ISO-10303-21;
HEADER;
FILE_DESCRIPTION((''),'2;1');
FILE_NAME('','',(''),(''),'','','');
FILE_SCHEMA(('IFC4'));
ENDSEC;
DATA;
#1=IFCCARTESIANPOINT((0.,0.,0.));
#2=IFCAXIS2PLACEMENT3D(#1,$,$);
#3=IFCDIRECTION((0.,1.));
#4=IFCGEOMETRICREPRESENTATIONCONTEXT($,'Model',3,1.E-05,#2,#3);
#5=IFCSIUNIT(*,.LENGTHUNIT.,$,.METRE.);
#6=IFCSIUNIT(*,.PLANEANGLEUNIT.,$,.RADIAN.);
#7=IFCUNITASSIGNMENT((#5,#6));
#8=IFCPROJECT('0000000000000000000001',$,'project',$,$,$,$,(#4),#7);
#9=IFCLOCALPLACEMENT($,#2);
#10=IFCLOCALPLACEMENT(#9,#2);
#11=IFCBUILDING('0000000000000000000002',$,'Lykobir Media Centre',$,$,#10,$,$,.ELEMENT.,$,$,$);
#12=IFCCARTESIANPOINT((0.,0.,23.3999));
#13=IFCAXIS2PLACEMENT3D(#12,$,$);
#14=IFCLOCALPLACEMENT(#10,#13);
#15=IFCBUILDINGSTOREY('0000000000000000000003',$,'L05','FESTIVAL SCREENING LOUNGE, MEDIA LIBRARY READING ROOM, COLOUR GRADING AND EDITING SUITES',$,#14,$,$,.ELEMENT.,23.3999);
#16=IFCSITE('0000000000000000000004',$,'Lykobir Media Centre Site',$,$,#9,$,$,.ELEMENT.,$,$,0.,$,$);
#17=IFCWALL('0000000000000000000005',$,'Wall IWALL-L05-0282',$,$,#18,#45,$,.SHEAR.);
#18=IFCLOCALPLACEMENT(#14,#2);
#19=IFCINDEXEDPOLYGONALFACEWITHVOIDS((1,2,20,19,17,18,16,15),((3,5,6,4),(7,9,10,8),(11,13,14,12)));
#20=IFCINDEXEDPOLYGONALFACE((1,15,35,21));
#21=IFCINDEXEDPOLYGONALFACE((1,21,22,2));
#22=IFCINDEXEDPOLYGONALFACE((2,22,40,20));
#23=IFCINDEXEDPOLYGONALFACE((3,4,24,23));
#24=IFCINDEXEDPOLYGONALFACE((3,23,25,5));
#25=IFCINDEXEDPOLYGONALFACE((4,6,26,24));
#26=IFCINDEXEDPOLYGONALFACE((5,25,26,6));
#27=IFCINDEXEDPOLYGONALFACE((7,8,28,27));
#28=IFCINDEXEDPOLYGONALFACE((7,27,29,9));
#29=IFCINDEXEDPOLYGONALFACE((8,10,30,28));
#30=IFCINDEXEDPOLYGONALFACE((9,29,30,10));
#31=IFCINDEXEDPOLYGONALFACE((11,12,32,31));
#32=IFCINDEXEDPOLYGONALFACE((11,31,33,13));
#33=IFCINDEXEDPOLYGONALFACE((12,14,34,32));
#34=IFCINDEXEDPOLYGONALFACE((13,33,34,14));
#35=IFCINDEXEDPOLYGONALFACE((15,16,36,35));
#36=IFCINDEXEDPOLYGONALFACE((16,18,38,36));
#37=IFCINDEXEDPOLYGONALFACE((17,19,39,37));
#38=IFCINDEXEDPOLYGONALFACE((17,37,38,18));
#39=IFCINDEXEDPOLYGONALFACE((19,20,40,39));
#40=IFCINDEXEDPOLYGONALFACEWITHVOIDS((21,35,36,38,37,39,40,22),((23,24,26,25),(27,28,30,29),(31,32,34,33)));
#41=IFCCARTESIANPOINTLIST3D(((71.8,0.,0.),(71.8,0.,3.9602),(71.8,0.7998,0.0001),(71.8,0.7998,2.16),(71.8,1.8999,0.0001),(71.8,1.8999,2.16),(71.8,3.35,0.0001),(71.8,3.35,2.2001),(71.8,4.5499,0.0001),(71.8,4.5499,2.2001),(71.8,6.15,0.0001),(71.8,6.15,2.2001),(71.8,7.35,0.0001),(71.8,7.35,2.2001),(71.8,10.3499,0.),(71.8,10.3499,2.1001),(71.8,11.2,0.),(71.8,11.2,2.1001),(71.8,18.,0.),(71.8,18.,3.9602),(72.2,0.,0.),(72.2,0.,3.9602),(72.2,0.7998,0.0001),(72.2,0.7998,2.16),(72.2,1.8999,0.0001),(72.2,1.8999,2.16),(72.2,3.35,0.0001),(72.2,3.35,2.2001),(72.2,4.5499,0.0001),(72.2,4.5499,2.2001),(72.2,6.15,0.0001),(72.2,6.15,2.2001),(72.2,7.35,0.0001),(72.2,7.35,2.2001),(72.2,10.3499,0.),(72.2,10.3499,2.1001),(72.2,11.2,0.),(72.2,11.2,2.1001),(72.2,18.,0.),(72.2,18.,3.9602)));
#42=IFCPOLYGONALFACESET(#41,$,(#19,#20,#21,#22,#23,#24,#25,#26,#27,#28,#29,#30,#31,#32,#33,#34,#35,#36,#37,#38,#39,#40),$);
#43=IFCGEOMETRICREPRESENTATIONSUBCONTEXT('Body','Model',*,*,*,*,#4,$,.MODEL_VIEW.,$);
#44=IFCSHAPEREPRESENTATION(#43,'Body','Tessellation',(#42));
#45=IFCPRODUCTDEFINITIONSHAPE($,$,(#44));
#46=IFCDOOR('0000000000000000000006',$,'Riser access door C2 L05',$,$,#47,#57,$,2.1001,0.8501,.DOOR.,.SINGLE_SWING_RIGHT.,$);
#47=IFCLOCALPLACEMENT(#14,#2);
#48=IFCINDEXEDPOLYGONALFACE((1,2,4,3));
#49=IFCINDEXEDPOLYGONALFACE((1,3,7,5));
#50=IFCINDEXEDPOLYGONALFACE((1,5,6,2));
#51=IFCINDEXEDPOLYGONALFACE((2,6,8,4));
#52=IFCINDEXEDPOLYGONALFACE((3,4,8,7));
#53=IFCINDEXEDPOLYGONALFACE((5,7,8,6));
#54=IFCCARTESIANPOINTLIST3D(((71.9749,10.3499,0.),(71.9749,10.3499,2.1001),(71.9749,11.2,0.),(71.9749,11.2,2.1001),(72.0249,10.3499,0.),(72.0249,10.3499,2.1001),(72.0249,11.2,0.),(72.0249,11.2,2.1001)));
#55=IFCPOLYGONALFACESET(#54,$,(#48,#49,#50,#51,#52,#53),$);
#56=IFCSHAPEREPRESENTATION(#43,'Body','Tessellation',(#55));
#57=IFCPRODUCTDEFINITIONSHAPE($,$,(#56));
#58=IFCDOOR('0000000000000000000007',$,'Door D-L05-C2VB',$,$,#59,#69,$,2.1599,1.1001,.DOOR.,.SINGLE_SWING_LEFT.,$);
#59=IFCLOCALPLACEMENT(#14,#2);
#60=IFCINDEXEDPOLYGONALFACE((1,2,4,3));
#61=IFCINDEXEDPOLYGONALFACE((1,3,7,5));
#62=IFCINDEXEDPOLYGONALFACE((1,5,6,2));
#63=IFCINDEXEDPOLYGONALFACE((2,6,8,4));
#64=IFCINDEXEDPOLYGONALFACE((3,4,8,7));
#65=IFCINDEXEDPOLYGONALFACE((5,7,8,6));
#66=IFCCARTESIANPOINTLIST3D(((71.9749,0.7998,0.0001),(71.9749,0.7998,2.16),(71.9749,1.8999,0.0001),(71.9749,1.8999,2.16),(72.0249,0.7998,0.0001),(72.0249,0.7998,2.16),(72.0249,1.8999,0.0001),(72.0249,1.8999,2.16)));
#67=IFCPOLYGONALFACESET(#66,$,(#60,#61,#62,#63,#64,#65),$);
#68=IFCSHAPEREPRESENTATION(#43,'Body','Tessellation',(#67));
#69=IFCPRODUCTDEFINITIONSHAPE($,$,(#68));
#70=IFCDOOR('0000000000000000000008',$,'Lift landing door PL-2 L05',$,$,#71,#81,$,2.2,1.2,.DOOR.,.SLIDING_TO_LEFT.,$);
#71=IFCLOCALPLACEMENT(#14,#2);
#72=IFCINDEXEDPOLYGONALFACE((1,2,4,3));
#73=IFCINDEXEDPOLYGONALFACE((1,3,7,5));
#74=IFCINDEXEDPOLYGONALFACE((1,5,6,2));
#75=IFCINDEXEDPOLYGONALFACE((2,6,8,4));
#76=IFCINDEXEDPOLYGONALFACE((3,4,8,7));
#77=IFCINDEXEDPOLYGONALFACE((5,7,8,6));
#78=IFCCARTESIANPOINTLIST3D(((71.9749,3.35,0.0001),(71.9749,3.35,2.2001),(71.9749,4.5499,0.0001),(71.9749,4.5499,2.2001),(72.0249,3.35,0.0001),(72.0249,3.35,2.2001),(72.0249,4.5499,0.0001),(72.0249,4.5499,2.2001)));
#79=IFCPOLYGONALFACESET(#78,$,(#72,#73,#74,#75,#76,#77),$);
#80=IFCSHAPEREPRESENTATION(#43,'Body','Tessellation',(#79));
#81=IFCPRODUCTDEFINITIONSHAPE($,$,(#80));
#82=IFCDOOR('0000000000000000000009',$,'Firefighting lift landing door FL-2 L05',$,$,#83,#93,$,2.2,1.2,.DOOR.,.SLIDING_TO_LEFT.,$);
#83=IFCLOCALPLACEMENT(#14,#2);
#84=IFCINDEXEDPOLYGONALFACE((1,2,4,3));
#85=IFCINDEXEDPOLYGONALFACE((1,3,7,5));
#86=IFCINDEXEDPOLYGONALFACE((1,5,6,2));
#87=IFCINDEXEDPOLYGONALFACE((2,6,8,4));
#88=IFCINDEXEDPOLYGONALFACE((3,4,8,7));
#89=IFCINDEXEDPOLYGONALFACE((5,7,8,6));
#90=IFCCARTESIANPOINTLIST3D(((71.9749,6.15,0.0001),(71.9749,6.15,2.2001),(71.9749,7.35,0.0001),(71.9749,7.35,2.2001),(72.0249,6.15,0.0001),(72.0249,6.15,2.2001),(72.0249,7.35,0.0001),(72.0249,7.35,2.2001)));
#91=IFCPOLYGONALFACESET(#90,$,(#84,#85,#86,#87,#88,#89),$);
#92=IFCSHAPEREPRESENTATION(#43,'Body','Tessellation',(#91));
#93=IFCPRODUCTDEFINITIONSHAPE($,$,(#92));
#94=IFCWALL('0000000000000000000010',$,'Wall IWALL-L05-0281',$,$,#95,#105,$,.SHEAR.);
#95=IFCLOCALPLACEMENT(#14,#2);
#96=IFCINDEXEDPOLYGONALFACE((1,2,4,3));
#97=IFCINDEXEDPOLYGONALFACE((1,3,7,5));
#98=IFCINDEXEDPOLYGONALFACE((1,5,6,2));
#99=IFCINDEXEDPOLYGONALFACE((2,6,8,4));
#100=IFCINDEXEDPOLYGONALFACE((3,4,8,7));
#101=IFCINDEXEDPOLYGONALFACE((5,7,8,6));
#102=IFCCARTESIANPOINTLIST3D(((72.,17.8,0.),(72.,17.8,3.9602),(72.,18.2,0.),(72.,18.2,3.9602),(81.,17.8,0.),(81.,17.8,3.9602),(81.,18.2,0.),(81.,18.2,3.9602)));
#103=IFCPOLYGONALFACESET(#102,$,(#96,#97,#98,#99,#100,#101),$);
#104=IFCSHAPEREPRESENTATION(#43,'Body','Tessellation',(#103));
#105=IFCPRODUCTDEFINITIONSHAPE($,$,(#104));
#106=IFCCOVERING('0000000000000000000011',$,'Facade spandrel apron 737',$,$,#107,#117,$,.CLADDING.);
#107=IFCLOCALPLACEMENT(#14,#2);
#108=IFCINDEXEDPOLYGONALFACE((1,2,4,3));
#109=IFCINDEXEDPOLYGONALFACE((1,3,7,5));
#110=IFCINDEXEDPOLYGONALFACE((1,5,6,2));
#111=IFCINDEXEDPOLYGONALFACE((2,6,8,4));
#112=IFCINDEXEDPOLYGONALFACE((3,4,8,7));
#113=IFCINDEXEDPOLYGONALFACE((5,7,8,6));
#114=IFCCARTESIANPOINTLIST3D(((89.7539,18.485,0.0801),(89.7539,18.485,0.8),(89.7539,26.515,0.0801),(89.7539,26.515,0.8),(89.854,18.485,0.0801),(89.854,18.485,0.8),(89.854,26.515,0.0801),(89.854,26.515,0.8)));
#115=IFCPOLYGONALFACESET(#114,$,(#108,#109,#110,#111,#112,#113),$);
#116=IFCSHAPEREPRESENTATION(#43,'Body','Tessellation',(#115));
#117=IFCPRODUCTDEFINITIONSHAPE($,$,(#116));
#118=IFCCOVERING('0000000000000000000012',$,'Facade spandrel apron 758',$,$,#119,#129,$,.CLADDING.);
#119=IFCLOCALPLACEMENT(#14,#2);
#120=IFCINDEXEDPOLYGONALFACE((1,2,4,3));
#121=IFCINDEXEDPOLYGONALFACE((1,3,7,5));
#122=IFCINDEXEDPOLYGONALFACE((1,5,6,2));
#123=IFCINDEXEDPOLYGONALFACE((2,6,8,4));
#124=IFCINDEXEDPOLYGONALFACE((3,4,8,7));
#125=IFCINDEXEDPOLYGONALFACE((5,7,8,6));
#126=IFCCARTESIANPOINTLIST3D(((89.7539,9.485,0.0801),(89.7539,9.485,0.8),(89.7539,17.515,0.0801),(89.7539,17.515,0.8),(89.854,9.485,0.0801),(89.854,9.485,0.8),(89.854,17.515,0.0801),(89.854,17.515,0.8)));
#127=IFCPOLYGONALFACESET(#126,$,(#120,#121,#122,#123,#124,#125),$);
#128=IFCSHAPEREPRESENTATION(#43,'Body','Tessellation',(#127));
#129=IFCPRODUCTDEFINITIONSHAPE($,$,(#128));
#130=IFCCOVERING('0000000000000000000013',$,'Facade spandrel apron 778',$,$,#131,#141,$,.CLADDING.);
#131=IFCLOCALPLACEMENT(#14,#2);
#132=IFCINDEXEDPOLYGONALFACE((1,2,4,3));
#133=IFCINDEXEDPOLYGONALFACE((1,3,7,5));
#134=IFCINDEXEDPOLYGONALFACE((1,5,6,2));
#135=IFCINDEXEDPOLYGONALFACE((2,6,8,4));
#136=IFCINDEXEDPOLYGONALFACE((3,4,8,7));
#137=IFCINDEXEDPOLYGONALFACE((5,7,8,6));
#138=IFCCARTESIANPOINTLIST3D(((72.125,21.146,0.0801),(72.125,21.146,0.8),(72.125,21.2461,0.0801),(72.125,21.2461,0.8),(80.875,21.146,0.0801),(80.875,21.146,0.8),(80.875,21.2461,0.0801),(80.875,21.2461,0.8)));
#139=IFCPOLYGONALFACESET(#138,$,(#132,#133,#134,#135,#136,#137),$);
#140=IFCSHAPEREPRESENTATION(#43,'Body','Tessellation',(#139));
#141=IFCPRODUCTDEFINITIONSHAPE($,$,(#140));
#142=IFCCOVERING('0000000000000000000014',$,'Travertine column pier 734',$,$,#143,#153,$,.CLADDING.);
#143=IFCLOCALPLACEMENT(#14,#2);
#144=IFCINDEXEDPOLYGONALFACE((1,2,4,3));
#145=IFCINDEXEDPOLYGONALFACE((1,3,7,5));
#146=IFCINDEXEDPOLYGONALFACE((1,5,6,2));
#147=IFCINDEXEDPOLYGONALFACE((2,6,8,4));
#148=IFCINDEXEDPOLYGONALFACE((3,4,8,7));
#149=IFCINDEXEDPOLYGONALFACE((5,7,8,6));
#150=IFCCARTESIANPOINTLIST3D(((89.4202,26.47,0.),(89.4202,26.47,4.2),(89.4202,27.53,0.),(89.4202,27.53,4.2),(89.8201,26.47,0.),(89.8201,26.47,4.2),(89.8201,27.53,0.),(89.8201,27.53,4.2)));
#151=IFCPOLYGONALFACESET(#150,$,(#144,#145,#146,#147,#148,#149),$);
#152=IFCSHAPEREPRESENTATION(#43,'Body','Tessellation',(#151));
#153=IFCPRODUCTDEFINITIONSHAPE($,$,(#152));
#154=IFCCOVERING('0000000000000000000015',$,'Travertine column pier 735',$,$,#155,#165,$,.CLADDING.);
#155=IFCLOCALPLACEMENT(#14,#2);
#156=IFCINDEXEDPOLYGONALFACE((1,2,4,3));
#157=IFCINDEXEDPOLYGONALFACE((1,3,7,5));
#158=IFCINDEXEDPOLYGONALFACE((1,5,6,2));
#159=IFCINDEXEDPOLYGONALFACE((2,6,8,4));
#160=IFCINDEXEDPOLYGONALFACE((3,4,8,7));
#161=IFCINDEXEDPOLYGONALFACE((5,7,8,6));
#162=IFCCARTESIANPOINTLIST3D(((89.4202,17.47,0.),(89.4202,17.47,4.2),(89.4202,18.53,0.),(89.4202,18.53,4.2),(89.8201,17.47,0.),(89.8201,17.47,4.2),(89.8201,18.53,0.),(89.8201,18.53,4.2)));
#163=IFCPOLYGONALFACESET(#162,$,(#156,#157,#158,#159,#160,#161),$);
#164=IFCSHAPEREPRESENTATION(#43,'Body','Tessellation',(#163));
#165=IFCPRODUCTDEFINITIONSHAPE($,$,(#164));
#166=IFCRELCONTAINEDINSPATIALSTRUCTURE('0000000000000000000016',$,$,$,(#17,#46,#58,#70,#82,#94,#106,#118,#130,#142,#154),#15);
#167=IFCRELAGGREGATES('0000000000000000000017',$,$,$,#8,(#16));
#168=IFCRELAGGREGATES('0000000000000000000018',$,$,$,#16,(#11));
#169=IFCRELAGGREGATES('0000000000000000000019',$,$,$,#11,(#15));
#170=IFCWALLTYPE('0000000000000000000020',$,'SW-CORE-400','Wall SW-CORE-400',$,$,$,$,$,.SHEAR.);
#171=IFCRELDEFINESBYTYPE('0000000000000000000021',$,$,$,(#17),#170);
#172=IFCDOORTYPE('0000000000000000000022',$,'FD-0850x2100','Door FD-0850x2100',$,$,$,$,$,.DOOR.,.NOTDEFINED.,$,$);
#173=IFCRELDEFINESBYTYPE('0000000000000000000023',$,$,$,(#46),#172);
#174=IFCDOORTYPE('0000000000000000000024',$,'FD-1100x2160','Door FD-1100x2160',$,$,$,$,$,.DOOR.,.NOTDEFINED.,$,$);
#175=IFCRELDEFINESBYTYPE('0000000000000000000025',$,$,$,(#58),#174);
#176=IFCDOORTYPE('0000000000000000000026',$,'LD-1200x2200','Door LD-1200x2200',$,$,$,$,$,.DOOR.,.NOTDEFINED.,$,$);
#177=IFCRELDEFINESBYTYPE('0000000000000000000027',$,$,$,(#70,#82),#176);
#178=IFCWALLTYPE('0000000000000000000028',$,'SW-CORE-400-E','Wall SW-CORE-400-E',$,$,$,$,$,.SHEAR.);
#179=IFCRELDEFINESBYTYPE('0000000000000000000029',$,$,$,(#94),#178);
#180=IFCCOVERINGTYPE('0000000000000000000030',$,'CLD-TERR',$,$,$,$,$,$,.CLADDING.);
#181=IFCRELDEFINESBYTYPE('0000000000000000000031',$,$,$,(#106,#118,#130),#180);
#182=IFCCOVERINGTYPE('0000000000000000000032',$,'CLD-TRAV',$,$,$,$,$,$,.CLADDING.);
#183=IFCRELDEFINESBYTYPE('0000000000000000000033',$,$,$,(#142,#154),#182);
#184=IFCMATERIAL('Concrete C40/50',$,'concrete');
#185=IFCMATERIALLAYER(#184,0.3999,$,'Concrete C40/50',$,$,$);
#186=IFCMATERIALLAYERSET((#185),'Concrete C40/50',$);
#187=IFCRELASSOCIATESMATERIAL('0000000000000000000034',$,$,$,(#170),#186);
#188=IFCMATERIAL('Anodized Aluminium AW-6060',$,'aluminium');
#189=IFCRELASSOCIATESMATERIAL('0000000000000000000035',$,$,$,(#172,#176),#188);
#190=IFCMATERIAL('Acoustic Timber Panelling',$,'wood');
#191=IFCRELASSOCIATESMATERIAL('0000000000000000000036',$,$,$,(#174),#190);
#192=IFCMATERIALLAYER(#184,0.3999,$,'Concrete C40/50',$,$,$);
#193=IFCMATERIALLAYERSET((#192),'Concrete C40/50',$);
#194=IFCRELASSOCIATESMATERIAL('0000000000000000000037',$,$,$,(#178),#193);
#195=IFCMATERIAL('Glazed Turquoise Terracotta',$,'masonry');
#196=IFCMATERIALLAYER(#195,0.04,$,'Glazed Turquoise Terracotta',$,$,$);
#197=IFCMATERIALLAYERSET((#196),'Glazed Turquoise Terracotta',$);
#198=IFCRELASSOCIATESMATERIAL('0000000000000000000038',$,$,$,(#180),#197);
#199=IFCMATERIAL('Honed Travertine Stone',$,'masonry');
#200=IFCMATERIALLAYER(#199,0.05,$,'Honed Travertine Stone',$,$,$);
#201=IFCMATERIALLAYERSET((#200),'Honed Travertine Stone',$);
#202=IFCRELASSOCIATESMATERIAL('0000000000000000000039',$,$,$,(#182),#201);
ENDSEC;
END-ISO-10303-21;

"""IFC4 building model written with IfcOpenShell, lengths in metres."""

from ifc_helpers import new_model, si_unit, direction, frame, frame_2d, origin, origin_2d, place, context, subcontext, project, spatial, rectangle, extrude, material, layer, layer_set, type_object, element, fill, save


model = new_model("IFC4")

# Units and contexts
model_context = context("Model", 3, precision=1e-05, world=origin(), true_north=direction((0.0, 1.0)))
body_context = subcontext(model_context, "Body", "Model", "MODEL_VIEW")
ifc_project = project(units=[si_unit("LENGTHUNIT", "METRE"), si_unit("PLANEANGLEUNIT", "RADIAN")], contexts=[model_context])

# Site, building, storey
site_placement = place(None, origin())
site = spatial("IfcSite", under=ifc_project, at=site_placement, Name="Lykobir Media Centre Site", CompositionType="ELEMENT", RefElevation=0.0)
building_placement = place(site_placement, origin())
building = spatial("IfcBuilding", under=site, at=building_placement, Name="Lykobir Media Centre", CompositionType="ELEMENT")
storey_placement = place(building_placement, frame((0.0, 0.0, 23.3999)))
storey = spatial("IfcBuildingStorey", under=building, at=storey_placement, Name="L05", Description="FESTIVAL SCREENING LOUNGE, MEDIA LIBRARY READING ROOM, COLOUR GRADING AND EDITING SUITES", CompositionType="ELEMENT", Elevation=23.3999)

# Shared definitions
ifc_material_1 = material(Name="Concrete C40/50", Category="concrete")

# Wall, openings, doors
ifc_layer_1 = layer(ifc_material_1, 0.3999, Name="Concrete C40/50")
ifc_layer_set_1 = layer_set([ifc_layer_1], Name="Concrete C40/50")
wall_type_1 = type_object("IfcWallType", Name="SW-CORE-400", Description="Wall SW-CORE-400", PredefinedType="SHEAR", material=ifc_layer_set_1)
wall_1_placement = place(storey_placement, frame((72.0, 18.0, 0.0), z_axis=(0.0, 0.0, 1.0), x_axis=(0.0, -1.0, 0.0)))
wall_1 = element("IfcWall", 1, at=wall_1_placement, inside=storey, type_object=wall_type_1, Name="Wall IWALL-L05-0282", PredefinedType="SHEAR", context=body_context, shape_type="SweptSolid", body=[
    extrude(rectangle(XDim=18.0, YDim=0.3999, at=frame_2d((9.0, 0.0))), origin(), (0.0, 0.0, 1.0), 3.9602),
])
opening_1_placement = place(wall_1_placement, frame((16.1001, 0.0, 0.0)))
opening_1 = element("IfcOpeningElement", 2, at=opening_1_placement, cuts=wall_1, PredefinedType="OPENING", context=body_context, shape_type="SweptSolid", body=[
    extrude(rectangle(XDim=1.1001, YDim=2.1599, at=frame_2d((0.55, 1.0801))), frame((0.0, 0.21, 0.0), z_axis=(0.0, -1.0, 0.0), x_axis=(1.0, 0.0, 0.0)), (0.0, 0.0, 1.0), 0.4199),
])
opening_2_placement = place(wall_1_placement, frame((13.45, 0.0, 0.0)))
opening_2 = element("IfcOpeningElement", 3, at=opening_2_placement, cuts=wall_1, PredefinedType="OPENING", context=body_context, shape_type="SweptSolid", body=[
    extrude(rectangle(XDim=1.2, YDim=2.2, at=frame_2d((0.6001, 1.1001))), frame((0.0, 0.21, 0.0), z_axis=(0.0, -1.0, 0.0), x_axis=(1.0, 0.0, 0.0)), (0.0, 0.0, 1.0), 0.4199),
])
opening_3_placement = place(wall_1_placement, frame((10.6499, 0.0, 0.0)))
opening_3 = element("IfcOpeningElement", 4, at=opening_3_placement, cuts=wall_1, PredefinedType="OPENING", context=body_context, shape_type="SweptSolid", body=[
    extrude(rectangle(XDim=1.2, YDim=2.2, at=frame_2d((0.6001, 1.1001))), frame((0.0, 0.21, 0.0), z_axis=(0.0, -1.0, 0.0), x_axis=(1.0, 0.0, 0.0)), (0.0, 0.0, 1.0), 0.4199),
])
opening_4_placement = place(wall_1_placement, frame((6.8, 0.0, 0.0)))
opening_4 = element("IfcOpeningElement", 5, at=opening_4_placement, cuts=wall_1, PredefinedType="OPENING", context=body_context, shape_type="SweptSolid", body=[
    extrude(rectangle(XDim=0.8501, YDim=2.1001, at=frame_2d((0.425, 1.05))), frame((0.0, 0.21, 0.0), z_axis=(0.0, -1.0, 0.0), x_axis=(1.0, 0.0, 0.0)), (0.0, 0.0, 1.0), 0.4199),
])
ifc_material_2 = material(Name="Anodized Aluminium AW-6060", Category="aluminium")
door_type_1 = type_object("IfcDoorType", Name="FD-0850x2100", Description="Door FD-0850x2100", OperationType="NOTDEFINED", PredefinedType="DOOR", material=ifc_material_2)
door_1_placement = place(opening_4_placement, origin())
door_1 = element("IfcDoor", 6, at=door_1_placement, inside=storey, type_object=door_type_1, Name="Riser access door C2 L05", OperationType="SINGLE_SWING_RIGHT", OverallHeight=2.1001, OverallWidth=0.8501, PredefinedType="DOOR", context=body_context, shape_type="SweptSolid", body=[
    extrude(rectangle(XDim=0.8501, YDim=2.1001, at=frame_2d((0.425, 1.05))), frame((0.0, 0.0249, 0.0), z_axis=(0.0, -1.0, 0.0), x_axis=(1.0, 0.0, 0.0)), (0.0, 0.0, 1.0), 0.05),
])
fill(opening_4, door_1)
ifc_material_3 = material(Name="Acoustic Timber Panelling", Category="wood")
door_type_2 = type_object("IfcDoorType", Name="FD-1100x2160", Description="Door FD-1100x2160", OperationType="NOTDEFINED", PredefinedType="DOOR", material=ifc_material_3)
door_2_placement = place(opening_1_placement, origin())
door_2 = element("IfcDoor", 7, at=door_2_placement, inside=storey, type_object=door_type_2, Name="Door D-L05-C2VB", OperationType="SINGLE_SWING_LEFT", OverallHeight=2.1599, OverallWidth=1.1001, PredefinedType="DOOR", context=body_context, shape_type="SweptSolid", body=[
    extrude(rectangle(XDim=1.1001, YDim=2.1599, at=frame_2d((0.55, 1.0801))), frame((0.0, 0.0249, 0.0), z_axis=(0.0, -1.0, 0.0), x_axis=(1.0, 0.0, 0.0)), (0.0, 0.0, 1.0), 0.05),
])
fill(opening_1, door_2)
door_type_3 = type_object("IfcDoorType", Name="LD-1200x2200", Description="Door LD-1200x2200", OperationType="NOTDEFINED", PredefinedType="DOOR", material=ifc_material_2)
door_3_placement = place(opening_2_placement, origin())
door_3 = element("IfcDoor", 8, at=door_3_placement, inside=storey, type_object=door_type_3, Name="Lift landing door PL-2 L05", OperationType="SLIDING_TO_LEFT", OverallHeight=2.2, OverallWidth=1.2, PredefinedType="DOOR", context=body_context, shape_type="SweptSolid", body=[
    extrude(rectangle(XDim=1.2, YDim=2.2, at=frame_2d((0.6001, 1.1001))), frame((0.0, 0.0249, 0.0), z_axis=(0.0, -1.0, 0.0), x_axis=(1.0, 0.0, 0.0)), (0.0, 0.0, 1.0), 0.05),
])
fill(opening_2, door_3)
door_4_placement = place(opening_3_placement, origin())
door_4 = element("IfcDoor", 9, at=door_4_placement, inside=storey, type_object=door_type_3, Name="Firefighting lift landing door FL-2 L05", OperationType="SLIDING_TO_LEFT", OverallHeight=2.2, OverallWidth=1.2, PredefinedType="DOOR", context=body_context, shape_type="SweptSolid", body=[
    extrude(rectangle(XDim=1.2, YDim=2.2, at=frame_2d((0.6001, 1.1001))), frame((0.0, 0.0249, 0.0), z_axis=(0.0, -1.0, 0.0), x_axis=(1.0, 0.0, 0.0)), (0.0, 0.0, 1.0), 0.05),
])
fill(opening_3, door_4)

# Wall
ifc_layer_2 = layer(ifc_material_1, 0.3999, Name="Concrete C40/50")
ifc_layer_set_2 = layer_set([ifc_layer_2], Name="Concrete C40/50")
wall_type_2 = type_object("IfcWallType", Name="SW-CORE-400-E", Description="Wall SW-CORE-400-E", PredefinedType="SHEAR", material=ifc_layer_set_2)
wall_2_placement = place(storey_placement, frame((81.0, 18.0, 0.0), z_axis=(0.0, 0.0, 1.0), x_axis=(-1.0, 0.0, 0.0)))
element("IfcWall", 10, at=wall_2_placement, inside=storey, type_object=wall_type_2, Name="Wall IWALL-L05-0281", PredefinedType="SHEAR", context=body_context, shape_type="SweptSolid", body=[
    extrude(rectangle(XDim=9.0, YDim=0.3999, at=frame_2d((4.5, 0.0))), origin(), (0.0, 0.0, 1.0), 3.9602),
])

# Coverings
ifc_material_4 = material(Name="Glazed Turquoise Terracotta", Category="masonry")
ifc_layer_3 = layer(ifc_material_4, 0.04, Name="Glazed Turquoise Terracotta")
ifc_layer_set_3 = layer_set([ifc_layer_3], Name="Glazed Turquoise Terracotta")
covering_type_1 = type_object("IfcCoveringType", Name="CLD-TERR", PredefinedType="CLADDING", material=ifc_layer_set_3)
for number, where, z_axis, x_axis, name in (
    (11, (89.804, 22.5, 0.0801), (0.0, 0.0, 1.0), (0.0, -1.0, 0.0), "Facade spandrel apron 737"),
    (12, (89.804, 13.5, 0.0801), (0.0, 0.0, 1.0), (0.0, -1.0, 0.0), "Facade spandrel apron 758"),
):
    element("IfcCovering", number, at=place(storey_placement, frame(where, z_axis=z_axis, x_axis=x_axis)), inside=storey, type_object=covering_type_1, Name=name, PredefinedType="CLADDING", context=body_context, shape_type="SweptSolid", body=[
        extrude(rectangle(XDim=8.03, YDim=0.1001, at=origin_2d()), origin(), (0.0, 0.0, 1.0), 0.72),
    ])
covering_1_placement = place(storey_placement, frame((76.5, 21.196, 0.0801), z_axis=(0.0, 0.0, 1.0), x_axis=(-1.0, 0.0, 0.0)))
element("IfcCovering", 13, at=covering_1_placement, inside=storey, type_object=covering_type_1, Name="Facade spandrel apron 778", PredefinedType="CLADDING", context=body_context, shape_type="SweptSolid", body=[
    extrude(rectangle(XDim=8.75, YDim=0.1001, at=origin_2d()), origin(), (0.0, 0.0, 1.0), 0.72),
])
ifc_material_5 = material(Name="Honed Travertine Stone", Category="masonry")
ifc_layer_4 = layer(ifc_material_5, 0.05, Name="Honed Travertine Stone")
ifc_layer_set_4 = layer_set([ifc_layer_4], Name="Honed Travertine Stone")
covering_type_2 = type_object("IfcCoveringType", Name="CLD-TRAV", PredefinedType="CLADDING", material=ifc_layer_set_4)
for number, where, z_axis, x_axis, name in (
    (14, (89.6201, 27.0, 0.0), (0.0, 0.0, 1.0), (0.0, -1.0, 0.0), "Travertine column pier 734"),
    (15, (89.6201, 18.0, 0.0), (0.0, 0.0, 1.0), (0.0, -1.0, 0.0), "Travertine column pier 735"),
):
    element("IfcCovering", number, at=place(storey_placement, frame(where, z_axis=z_axis, x_axis=x_axis)), inside=storey, type_object=covering_type_2, Name=name, PredefinedType="CLADDING", context=body_context, shape_type="SweptSolid", body=[
        extrude(rectangle(XDim=1.0601, YDim=0.3999, at=origin_2d()), origin(), (0.0, 0.0, 1.0), 4.2),
    ])

save(model, "model.ifc")
